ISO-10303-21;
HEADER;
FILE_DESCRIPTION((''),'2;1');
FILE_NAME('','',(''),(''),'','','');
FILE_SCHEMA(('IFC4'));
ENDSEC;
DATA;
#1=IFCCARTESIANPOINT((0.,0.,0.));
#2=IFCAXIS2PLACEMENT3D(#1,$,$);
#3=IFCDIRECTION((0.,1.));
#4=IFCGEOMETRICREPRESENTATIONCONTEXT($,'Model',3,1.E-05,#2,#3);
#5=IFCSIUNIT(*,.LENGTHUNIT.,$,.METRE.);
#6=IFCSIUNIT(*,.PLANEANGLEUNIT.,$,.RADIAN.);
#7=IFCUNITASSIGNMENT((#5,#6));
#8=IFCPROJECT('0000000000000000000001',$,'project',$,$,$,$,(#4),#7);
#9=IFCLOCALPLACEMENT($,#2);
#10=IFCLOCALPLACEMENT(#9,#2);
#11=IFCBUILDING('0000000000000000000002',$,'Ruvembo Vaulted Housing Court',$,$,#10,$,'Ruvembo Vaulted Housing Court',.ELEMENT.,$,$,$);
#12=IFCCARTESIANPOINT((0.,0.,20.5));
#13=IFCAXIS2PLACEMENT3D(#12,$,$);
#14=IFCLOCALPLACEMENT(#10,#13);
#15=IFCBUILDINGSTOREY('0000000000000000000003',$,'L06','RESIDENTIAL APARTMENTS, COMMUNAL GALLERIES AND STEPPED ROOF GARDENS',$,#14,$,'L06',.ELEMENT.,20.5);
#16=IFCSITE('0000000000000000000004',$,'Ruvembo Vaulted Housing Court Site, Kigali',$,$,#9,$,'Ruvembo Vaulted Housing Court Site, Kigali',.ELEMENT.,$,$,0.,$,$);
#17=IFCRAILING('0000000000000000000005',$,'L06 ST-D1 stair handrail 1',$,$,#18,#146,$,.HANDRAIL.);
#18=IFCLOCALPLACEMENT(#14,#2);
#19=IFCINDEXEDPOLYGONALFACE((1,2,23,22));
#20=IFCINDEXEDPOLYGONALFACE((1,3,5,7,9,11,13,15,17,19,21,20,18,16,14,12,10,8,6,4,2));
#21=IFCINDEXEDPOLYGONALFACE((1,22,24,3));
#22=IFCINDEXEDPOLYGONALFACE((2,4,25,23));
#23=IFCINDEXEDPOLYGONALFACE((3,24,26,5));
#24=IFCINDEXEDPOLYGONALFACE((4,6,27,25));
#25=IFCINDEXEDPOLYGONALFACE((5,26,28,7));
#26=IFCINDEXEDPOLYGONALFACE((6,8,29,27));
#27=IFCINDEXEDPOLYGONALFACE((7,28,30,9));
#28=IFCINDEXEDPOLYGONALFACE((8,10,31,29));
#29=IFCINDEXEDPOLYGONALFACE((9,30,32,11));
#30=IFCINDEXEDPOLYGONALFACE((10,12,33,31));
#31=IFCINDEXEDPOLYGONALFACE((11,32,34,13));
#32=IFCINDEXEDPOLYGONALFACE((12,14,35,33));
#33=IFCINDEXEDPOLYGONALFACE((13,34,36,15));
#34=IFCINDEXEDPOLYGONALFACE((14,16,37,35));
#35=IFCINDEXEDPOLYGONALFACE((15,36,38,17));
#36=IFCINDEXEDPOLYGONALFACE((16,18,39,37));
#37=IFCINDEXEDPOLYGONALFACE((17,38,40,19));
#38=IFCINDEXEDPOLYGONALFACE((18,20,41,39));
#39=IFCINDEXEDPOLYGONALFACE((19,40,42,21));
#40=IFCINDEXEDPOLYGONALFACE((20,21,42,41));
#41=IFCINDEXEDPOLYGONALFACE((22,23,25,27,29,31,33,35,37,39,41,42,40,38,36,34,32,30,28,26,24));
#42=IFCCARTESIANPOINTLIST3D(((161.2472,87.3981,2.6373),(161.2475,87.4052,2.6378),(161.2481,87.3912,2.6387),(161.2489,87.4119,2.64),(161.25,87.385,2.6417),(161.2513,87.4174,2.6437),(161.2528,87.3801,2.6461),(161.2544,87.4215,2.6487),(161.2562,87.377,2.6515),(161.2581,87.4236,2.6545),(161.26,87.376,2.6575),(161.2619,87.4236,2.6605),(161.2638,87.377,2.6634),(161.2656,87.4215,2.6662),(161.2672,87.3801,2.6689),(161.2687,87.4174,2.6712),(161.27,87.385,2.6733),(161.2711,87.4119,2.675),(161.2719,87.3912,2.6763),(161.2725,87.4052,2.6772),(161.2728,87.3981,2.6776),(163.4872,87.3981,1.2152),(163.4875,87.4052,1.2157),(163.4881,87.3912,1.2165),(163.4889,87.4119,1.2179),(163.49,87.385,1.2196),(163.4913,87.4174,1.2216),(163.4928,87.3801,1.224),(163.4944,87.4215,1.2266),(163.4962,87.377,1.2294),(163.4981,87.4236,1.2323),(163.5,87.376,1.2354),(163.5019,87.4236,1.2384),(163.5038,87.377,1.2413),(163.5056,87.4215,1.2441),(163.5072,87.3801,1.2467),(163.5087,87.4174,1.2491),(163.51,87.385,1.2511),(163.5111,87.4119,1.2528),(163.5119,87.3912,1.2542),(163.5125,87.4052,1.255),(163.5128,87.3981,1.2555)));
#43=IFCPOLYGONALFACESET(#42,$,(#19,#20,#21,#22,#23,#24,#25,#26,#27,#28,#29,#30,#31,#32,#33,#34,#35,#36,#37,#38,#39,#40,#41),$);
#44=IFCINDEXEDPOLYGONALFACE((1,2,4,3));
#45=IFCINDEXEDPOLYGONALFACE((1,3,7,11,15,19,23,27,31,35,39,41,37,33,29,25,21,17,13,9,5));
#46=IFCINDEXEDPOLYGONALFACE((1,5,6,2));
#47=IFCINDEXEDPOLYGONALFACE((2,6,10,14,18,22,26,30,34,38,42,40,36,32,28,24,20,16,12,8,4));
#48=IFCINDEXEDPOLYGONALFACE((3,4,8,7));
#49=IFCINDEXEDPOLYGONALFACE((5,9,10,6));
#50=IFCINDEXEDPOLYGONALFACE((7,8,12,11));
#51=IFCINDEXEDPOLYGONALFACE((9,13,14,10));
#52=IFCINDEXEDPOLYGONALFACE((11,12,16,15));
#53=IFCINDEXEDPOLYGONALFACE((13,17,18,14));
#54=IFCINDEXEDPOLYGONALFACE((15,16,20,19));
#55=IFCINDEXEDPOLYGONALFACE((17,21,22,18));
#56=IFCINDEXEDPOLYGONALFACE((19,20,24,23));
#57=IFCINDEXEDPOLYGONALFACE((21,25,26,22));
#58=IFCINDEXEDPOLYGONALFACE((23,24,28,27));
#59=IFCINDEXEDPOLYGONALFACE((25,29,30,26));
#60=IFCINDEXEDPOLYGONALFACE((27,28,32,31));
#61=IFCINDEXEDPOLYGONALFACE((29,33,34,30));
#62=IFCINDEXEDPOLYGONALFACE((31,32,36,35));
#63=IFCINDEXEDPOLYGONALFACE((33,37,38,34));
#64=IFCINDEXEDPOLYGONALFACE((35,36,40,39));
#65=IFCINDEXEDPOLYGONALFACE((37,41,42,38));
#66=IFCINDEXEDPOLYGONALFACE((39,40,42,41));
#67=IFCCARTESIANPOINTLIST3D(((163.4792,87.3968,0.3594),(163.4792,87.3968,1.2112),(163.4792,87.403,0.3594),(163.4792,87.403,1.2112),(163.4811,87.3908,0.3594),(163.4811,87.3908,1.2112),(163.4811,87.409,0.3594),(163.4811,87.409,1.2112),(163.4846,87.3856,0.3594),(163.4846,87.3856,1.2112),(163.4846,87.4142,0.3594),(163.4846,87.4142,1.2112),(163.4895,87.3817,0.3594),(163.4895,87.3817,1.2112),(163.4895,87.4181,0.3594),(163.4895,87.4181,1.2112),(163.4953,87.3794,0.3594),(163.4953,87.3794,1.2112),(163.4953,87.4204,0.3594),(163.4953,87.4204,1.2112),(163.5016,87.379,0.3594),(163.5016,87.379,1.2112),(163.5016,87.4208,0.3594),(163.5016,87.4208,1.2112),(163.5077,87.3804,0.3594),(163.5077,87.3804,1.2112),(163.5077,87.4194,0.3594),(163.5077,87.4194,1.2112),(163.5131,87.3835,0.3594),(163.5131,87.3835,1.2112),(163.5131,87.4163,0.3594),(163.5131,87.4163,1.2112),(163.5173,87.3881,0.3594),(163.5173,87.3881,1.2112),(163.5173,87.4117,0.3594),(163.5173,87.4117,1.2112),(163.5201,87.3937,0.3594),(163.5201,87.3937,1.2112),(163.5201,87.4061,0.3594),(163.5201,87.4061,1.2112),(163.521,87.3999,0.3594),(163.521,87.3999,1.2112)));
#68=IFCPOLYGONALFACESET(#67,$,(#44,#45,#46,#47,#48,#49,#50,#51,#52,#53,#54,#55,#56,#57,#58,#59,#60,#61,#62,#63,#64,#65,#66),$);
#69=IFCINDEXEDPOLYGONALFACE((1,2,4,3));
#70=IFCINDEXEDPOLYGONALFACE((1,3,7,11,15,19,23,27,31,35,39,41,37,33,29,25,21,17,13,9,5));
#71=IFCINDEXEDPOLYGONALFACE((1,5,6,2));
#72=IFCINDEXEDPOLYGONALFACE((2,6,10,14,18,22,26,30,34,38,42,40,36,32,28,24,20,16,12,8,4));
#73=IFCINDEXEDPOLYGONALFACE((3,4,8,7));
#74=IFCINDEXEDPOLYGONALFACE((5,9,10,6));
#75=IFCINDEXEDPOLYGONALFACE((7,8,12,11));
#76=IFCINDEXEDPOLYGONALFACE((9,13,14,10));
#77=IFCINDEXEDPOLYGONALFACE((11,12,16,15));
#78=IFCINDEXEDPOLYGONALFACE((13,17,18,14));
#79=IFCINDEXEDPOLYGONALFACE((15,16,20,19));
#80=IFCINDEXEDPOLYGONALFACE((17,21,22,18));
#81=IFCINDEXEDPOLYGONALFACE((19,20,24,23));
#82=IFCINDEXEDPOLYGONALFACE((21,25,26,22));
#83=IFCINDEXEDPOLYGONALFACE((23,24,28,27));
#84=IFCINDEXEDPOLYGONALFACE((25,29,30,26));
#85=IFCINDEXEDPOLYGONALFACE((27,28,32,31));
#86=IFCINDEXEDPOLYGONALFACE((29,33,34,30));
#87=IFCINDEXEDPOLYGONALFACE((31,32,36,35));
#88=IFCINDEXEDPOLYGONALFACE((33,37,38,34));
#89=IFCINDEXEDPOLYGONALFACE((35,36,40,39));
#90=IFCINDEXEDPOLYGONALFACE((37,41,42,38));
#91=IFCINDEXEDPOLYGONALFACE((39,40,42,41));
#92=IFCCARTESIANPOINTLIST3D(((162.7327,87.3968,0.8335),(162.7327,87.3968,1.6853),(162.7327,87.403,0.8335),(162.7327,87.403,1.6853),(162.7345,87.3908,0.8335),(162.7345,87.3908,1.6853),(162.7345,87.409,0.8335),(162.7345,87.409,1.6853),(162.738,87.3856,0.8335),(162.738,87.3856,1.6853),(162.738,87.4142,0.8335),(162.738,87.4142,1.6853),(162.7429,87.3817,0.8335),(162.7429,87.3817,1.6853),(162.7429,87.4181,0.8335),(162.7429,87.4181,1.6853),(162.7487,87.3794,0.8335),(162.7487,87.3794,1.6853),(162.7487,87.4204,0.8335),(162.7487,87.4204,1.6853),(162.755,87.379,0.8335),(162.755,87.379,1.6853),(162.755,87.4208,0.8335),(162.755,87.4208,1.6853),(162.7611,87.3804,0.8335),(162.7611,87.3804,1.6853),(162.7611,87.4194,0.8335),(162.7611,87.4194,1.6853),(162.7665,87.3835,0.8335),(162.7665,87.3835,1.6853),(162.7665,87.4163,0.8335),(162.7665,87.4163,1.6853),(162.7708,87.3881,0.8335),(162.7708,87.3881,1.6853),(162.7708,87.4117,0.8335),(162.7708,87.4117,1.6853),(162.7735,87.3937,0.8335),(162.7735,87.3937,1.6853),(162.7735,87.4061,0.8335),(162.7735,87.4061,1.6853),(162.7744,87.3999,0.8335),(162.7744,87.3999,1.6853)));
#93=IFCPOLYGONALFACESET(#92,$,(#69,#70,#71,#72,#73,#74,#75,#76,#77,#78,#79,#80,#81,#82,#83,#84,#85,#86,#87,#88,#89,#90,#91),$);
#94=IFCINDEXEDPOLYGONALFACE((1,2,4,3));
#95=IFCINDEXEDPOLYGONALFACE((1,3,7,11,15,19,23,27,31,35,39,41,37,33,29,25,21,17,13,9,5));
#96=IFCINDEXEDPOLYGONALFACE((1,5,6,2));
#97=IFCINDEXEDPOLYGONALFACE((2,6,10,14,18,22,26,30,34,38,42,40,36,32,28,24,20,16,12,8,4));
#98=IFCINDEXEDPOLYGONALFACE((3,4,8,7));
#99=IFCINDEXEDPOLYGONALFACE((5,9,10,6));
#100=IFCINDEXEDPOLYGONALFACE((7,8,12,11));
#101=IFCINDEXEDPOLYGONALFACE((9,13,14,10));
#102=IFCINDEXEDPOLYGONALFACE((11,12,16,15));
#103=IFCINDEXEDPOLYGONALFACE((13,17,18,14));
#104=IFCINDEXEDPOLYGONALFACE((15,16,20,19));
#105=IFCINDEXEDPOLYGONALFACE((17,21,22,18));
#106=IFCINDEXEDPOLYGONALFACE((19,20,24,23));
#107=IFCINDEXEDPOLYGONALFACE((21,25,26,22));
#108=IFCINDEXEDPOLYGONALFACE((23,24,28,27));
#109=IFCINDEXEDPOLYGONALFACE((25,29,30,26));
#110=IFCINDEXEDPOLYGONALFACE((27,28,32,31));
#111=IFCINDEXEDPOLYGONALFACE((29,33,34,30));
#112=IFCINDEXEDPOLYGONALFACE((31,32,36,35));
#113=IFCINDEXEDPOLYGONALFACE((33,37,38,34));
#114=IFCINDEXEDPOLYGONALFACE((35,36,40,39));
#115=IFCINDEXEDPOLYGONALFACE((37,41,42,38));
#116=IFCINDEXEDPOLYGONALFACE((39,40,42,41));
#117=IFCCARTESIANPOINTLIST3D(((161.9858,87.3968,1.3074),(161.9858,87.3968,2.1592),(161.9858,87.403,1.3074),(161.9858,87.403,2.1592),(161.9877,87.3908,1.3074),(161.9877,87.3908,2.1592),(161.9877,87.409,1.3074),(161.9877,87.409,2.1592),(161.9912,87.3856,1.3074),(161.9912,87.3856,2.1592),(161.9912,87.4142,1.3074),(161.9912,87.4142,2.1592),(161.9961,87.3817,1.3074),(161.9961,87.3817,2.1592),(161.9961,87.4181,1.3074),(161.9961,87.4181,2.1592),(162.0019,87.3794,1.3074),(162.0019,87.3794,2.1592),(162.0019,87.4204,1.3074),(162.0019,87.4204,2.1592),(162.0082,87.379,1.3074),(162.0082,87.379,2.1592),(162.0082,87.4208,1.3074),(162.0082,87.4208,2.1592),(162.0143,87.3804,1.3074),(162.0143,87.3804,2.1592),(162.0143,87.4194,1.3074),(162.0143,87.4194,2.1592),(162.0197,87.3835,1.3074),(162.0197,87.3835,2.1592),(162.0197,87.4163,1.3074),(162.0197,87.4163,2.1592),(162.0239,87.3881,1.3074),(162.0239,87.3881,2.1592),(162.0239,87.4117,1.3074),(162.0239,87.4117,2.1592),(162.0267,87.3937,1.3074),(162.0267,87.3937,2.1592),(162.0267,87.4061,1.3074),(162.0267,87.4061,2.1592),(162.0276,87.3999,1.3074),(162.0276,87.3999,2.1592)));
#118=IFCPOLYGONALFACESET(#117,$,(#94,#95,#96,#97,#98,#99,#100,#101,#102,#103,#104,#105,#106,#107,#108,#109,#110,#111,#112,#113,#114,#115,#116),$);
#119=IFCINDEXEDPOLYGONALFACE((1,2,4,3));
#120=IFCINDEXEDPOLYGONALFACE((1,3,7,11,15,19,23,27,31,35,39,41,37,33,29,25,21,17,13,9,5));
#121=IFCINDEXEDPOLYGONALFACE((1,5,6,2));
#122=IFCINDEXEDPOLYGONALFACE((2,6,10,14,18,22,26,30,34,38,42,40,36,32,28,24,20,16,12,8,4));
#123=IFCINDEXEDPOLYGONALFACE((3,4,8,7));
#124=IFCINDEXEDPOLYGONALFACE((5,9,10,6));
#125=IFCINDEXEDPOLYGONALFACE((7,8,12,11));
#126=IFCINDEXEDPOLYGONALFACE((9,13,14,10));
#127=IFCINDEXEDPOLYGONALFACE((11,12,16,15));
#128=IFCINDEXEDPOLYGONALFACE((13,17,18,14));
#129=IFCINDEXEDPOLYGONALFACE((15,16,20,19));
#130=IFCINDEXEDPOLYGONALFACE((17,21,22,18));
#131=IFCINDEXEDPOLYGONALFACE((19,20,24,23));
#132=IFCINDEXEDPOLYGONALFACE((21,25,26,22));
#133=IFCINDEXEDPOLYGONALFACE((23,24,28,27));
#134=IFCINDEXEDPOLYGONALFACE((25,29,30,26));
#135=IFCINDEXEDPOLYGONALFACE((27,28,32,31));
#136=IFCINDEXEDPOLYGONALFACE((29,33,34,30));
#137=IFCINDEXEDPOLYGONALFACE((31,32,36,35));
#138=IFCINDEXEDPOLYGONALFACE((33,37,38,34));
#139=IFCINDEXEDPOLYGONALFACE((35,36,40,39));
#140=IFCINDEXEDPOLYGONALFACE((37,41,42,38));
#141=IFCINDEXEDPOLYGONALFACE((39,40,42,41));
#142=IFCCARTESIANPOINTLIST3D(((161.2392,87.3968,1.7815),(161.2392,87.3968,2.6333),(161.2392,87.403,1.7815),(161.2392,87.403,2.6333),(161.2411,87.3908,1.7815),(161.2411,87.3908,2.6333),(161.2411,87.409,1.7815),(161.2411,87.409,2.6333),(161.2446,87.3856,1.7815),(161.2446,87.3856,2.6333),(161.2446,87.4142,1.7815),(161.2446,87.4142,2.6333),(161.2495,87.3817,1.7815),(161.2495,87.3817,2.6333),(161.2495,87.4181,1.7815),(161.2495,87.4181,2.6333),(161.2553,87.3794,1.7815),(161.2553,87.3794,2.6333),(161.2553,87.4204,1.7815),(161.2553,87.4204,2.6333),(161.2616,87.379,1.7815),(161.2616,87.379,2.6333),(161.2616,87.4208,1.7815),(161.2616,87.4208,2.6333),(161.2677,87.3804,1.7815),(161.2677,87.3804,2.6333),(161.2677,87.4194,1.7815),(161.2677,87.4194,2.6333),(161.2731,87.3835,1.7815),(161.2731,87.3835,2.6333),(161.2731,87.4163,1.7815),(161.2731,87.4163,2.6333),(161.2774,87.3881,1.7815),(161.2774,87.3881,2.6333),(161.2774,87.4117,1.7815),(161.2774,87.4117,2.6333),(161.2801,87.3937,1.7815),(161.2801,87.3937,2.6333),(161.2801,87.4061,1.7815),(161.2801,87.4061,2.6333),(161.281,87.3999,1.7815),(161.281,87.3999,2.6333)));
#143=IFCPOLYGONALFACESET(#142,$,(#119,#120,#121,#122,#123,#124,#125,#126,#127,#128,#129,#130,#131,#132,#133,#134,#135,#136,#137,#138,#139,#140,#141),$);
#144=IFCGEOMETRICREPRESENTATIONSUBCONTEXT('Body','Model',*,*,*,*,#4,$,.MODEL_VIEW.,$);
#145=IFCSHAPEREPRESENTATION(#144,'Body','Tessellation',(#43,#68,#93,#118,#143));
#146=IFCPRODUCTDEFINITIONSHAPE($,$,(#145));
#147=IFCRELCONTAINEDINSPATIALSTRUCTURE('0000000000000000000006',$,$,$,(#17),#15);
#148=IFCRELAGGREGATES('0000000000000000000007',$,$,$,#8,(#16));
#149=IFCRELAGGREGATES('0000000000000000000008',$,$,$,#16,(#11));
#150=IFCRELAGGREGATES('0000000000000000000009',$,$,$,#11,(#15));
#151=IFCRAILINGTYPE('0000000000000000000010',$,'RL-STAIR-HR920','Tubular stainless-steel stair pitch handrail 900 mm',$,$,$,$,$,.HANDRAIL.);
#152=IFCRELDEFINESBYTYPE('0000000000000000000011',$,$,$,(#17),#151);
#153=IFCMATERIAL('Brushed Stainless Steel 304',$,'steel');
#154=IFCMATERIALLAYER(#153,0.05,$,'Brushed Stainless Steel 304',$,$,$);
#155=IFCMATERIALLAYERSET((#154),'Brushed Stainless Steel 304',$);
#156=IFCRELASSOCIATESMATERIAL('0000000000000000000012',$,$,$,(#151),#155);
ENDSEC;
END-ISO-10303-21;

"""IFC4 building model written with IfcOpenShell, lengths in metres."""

from ifc_helpers import new_model, si_unit, direction, frame, origin, origin_2d, place, context, subcontext, project, spatial, circle, extrude, material, layer, layer_set, type_object, element, save


model = new_model("IFC4")

# Units and contexts
model_context = context("Model", 3, precision=1e-05, world=origin(), true_north=direction((0.0, 1.0)))
body_context = subcontext(model_context, "Body", "Model", "MODEL_VIEW")
ifc_project = project(units=[si_unit("LENGTHUNIT", "METRE"), si_unit("PLANEANGLEUNIT", "RADIAN")], contexts=[model_context])

# Site, building, storey
site_placement = place(None, origin())
site = spatial("IfcSite", under=ifc_project, at=site_placement, Name="Ruvembo Vaulted Housing Court Site, Kigali", LongName="Ruvembo Vaulted Housing Court Site, Kigali", CompositionType="ELEMENT", RefElevation=0.0)
building_placement = place(site_placement, origin())
building = spatial("IfcBuilding", under=site, at=building_placement, Name="Ruvembo Vaulted Housing Court", LongName="Ruvembo Vaulted Housing Court", CompositionType="ELEMENT")
storey_placement = place(building_placement, frame((0.0, 0.0, 20.5)))
storey = spatial("IfcBuildingStorey", under=building, at=storey_placement, Name="L06", Description="RESIDENTIAL APARTMENTS, COMMUNAL GALLERIES AND STEPPED ROOF GARDENS", LongName="L06", CompositionType="ELEMENT", Elevation=20.5)

# Shared definitions
ifc_material_1 = material(Name="Brushed Stainless Steel 304", Category="steel")

# Railing
ifc_layer_1 = layer(ifc_material_1, 0.05, Name="Brushed Stainless Steel 304")
ifc_layer_set_1 = layer_set([ifc_layer_1], Name="Brushed Stainless Steel 304")
railing_type_1 = type_object("IfcRailingType", Name="RL-STAIR-HR920", Description="Tubular stainless-steel stair pitch handrail 900 mm", PredefinedType="HANDRAIL", material=ifc_layer_set_1)
railing_1_placement = place(storey_placement, frame((163.5, 87.3999, 0.3594)))
element("IfcRailing", 1, at=railing_1_placement, inside=storey, type_object=railing_type_1, Name="L06 ST-D1 stair handrail 1", PredefinedType="HANDRAIL", context=body_context, shape_type="SweptSolid", body=[
    extrude(circle(Radius=0.0239, at=origin_2d()), frame((0.0, 0.0, 0.876), z_axis=(-0.844229, 0.0, 0.535982), x_axis=(0.0, -1.0, 0.0)), (0.0, 0.0, 1.0), 2.6533),
    extrude(circle(Radius=0.021, at=origin_2d()), origin(), (0.0, 0.0, 1.0), 0.8518),
    extrude(circle(Radius=0.021, at=origin_2d()), frame((-0.7466, 0.0, 0.4741)), (0.0, 0.0, 1.0), 0.8518),
    extrude(circle(Radius=0.021, at=origin_2d()), frame((-1.4934, 0.0, 0.948)), (0.0, 0.0, 1.0), 0.8518),
    extrude(circle(Radius=0.021, at=origin_2d()), frame((-2.24, 0.0, 1.4221)), (0.0, 0.0, 1.0), 0.8518),
])

save(model, "model.ifc")
